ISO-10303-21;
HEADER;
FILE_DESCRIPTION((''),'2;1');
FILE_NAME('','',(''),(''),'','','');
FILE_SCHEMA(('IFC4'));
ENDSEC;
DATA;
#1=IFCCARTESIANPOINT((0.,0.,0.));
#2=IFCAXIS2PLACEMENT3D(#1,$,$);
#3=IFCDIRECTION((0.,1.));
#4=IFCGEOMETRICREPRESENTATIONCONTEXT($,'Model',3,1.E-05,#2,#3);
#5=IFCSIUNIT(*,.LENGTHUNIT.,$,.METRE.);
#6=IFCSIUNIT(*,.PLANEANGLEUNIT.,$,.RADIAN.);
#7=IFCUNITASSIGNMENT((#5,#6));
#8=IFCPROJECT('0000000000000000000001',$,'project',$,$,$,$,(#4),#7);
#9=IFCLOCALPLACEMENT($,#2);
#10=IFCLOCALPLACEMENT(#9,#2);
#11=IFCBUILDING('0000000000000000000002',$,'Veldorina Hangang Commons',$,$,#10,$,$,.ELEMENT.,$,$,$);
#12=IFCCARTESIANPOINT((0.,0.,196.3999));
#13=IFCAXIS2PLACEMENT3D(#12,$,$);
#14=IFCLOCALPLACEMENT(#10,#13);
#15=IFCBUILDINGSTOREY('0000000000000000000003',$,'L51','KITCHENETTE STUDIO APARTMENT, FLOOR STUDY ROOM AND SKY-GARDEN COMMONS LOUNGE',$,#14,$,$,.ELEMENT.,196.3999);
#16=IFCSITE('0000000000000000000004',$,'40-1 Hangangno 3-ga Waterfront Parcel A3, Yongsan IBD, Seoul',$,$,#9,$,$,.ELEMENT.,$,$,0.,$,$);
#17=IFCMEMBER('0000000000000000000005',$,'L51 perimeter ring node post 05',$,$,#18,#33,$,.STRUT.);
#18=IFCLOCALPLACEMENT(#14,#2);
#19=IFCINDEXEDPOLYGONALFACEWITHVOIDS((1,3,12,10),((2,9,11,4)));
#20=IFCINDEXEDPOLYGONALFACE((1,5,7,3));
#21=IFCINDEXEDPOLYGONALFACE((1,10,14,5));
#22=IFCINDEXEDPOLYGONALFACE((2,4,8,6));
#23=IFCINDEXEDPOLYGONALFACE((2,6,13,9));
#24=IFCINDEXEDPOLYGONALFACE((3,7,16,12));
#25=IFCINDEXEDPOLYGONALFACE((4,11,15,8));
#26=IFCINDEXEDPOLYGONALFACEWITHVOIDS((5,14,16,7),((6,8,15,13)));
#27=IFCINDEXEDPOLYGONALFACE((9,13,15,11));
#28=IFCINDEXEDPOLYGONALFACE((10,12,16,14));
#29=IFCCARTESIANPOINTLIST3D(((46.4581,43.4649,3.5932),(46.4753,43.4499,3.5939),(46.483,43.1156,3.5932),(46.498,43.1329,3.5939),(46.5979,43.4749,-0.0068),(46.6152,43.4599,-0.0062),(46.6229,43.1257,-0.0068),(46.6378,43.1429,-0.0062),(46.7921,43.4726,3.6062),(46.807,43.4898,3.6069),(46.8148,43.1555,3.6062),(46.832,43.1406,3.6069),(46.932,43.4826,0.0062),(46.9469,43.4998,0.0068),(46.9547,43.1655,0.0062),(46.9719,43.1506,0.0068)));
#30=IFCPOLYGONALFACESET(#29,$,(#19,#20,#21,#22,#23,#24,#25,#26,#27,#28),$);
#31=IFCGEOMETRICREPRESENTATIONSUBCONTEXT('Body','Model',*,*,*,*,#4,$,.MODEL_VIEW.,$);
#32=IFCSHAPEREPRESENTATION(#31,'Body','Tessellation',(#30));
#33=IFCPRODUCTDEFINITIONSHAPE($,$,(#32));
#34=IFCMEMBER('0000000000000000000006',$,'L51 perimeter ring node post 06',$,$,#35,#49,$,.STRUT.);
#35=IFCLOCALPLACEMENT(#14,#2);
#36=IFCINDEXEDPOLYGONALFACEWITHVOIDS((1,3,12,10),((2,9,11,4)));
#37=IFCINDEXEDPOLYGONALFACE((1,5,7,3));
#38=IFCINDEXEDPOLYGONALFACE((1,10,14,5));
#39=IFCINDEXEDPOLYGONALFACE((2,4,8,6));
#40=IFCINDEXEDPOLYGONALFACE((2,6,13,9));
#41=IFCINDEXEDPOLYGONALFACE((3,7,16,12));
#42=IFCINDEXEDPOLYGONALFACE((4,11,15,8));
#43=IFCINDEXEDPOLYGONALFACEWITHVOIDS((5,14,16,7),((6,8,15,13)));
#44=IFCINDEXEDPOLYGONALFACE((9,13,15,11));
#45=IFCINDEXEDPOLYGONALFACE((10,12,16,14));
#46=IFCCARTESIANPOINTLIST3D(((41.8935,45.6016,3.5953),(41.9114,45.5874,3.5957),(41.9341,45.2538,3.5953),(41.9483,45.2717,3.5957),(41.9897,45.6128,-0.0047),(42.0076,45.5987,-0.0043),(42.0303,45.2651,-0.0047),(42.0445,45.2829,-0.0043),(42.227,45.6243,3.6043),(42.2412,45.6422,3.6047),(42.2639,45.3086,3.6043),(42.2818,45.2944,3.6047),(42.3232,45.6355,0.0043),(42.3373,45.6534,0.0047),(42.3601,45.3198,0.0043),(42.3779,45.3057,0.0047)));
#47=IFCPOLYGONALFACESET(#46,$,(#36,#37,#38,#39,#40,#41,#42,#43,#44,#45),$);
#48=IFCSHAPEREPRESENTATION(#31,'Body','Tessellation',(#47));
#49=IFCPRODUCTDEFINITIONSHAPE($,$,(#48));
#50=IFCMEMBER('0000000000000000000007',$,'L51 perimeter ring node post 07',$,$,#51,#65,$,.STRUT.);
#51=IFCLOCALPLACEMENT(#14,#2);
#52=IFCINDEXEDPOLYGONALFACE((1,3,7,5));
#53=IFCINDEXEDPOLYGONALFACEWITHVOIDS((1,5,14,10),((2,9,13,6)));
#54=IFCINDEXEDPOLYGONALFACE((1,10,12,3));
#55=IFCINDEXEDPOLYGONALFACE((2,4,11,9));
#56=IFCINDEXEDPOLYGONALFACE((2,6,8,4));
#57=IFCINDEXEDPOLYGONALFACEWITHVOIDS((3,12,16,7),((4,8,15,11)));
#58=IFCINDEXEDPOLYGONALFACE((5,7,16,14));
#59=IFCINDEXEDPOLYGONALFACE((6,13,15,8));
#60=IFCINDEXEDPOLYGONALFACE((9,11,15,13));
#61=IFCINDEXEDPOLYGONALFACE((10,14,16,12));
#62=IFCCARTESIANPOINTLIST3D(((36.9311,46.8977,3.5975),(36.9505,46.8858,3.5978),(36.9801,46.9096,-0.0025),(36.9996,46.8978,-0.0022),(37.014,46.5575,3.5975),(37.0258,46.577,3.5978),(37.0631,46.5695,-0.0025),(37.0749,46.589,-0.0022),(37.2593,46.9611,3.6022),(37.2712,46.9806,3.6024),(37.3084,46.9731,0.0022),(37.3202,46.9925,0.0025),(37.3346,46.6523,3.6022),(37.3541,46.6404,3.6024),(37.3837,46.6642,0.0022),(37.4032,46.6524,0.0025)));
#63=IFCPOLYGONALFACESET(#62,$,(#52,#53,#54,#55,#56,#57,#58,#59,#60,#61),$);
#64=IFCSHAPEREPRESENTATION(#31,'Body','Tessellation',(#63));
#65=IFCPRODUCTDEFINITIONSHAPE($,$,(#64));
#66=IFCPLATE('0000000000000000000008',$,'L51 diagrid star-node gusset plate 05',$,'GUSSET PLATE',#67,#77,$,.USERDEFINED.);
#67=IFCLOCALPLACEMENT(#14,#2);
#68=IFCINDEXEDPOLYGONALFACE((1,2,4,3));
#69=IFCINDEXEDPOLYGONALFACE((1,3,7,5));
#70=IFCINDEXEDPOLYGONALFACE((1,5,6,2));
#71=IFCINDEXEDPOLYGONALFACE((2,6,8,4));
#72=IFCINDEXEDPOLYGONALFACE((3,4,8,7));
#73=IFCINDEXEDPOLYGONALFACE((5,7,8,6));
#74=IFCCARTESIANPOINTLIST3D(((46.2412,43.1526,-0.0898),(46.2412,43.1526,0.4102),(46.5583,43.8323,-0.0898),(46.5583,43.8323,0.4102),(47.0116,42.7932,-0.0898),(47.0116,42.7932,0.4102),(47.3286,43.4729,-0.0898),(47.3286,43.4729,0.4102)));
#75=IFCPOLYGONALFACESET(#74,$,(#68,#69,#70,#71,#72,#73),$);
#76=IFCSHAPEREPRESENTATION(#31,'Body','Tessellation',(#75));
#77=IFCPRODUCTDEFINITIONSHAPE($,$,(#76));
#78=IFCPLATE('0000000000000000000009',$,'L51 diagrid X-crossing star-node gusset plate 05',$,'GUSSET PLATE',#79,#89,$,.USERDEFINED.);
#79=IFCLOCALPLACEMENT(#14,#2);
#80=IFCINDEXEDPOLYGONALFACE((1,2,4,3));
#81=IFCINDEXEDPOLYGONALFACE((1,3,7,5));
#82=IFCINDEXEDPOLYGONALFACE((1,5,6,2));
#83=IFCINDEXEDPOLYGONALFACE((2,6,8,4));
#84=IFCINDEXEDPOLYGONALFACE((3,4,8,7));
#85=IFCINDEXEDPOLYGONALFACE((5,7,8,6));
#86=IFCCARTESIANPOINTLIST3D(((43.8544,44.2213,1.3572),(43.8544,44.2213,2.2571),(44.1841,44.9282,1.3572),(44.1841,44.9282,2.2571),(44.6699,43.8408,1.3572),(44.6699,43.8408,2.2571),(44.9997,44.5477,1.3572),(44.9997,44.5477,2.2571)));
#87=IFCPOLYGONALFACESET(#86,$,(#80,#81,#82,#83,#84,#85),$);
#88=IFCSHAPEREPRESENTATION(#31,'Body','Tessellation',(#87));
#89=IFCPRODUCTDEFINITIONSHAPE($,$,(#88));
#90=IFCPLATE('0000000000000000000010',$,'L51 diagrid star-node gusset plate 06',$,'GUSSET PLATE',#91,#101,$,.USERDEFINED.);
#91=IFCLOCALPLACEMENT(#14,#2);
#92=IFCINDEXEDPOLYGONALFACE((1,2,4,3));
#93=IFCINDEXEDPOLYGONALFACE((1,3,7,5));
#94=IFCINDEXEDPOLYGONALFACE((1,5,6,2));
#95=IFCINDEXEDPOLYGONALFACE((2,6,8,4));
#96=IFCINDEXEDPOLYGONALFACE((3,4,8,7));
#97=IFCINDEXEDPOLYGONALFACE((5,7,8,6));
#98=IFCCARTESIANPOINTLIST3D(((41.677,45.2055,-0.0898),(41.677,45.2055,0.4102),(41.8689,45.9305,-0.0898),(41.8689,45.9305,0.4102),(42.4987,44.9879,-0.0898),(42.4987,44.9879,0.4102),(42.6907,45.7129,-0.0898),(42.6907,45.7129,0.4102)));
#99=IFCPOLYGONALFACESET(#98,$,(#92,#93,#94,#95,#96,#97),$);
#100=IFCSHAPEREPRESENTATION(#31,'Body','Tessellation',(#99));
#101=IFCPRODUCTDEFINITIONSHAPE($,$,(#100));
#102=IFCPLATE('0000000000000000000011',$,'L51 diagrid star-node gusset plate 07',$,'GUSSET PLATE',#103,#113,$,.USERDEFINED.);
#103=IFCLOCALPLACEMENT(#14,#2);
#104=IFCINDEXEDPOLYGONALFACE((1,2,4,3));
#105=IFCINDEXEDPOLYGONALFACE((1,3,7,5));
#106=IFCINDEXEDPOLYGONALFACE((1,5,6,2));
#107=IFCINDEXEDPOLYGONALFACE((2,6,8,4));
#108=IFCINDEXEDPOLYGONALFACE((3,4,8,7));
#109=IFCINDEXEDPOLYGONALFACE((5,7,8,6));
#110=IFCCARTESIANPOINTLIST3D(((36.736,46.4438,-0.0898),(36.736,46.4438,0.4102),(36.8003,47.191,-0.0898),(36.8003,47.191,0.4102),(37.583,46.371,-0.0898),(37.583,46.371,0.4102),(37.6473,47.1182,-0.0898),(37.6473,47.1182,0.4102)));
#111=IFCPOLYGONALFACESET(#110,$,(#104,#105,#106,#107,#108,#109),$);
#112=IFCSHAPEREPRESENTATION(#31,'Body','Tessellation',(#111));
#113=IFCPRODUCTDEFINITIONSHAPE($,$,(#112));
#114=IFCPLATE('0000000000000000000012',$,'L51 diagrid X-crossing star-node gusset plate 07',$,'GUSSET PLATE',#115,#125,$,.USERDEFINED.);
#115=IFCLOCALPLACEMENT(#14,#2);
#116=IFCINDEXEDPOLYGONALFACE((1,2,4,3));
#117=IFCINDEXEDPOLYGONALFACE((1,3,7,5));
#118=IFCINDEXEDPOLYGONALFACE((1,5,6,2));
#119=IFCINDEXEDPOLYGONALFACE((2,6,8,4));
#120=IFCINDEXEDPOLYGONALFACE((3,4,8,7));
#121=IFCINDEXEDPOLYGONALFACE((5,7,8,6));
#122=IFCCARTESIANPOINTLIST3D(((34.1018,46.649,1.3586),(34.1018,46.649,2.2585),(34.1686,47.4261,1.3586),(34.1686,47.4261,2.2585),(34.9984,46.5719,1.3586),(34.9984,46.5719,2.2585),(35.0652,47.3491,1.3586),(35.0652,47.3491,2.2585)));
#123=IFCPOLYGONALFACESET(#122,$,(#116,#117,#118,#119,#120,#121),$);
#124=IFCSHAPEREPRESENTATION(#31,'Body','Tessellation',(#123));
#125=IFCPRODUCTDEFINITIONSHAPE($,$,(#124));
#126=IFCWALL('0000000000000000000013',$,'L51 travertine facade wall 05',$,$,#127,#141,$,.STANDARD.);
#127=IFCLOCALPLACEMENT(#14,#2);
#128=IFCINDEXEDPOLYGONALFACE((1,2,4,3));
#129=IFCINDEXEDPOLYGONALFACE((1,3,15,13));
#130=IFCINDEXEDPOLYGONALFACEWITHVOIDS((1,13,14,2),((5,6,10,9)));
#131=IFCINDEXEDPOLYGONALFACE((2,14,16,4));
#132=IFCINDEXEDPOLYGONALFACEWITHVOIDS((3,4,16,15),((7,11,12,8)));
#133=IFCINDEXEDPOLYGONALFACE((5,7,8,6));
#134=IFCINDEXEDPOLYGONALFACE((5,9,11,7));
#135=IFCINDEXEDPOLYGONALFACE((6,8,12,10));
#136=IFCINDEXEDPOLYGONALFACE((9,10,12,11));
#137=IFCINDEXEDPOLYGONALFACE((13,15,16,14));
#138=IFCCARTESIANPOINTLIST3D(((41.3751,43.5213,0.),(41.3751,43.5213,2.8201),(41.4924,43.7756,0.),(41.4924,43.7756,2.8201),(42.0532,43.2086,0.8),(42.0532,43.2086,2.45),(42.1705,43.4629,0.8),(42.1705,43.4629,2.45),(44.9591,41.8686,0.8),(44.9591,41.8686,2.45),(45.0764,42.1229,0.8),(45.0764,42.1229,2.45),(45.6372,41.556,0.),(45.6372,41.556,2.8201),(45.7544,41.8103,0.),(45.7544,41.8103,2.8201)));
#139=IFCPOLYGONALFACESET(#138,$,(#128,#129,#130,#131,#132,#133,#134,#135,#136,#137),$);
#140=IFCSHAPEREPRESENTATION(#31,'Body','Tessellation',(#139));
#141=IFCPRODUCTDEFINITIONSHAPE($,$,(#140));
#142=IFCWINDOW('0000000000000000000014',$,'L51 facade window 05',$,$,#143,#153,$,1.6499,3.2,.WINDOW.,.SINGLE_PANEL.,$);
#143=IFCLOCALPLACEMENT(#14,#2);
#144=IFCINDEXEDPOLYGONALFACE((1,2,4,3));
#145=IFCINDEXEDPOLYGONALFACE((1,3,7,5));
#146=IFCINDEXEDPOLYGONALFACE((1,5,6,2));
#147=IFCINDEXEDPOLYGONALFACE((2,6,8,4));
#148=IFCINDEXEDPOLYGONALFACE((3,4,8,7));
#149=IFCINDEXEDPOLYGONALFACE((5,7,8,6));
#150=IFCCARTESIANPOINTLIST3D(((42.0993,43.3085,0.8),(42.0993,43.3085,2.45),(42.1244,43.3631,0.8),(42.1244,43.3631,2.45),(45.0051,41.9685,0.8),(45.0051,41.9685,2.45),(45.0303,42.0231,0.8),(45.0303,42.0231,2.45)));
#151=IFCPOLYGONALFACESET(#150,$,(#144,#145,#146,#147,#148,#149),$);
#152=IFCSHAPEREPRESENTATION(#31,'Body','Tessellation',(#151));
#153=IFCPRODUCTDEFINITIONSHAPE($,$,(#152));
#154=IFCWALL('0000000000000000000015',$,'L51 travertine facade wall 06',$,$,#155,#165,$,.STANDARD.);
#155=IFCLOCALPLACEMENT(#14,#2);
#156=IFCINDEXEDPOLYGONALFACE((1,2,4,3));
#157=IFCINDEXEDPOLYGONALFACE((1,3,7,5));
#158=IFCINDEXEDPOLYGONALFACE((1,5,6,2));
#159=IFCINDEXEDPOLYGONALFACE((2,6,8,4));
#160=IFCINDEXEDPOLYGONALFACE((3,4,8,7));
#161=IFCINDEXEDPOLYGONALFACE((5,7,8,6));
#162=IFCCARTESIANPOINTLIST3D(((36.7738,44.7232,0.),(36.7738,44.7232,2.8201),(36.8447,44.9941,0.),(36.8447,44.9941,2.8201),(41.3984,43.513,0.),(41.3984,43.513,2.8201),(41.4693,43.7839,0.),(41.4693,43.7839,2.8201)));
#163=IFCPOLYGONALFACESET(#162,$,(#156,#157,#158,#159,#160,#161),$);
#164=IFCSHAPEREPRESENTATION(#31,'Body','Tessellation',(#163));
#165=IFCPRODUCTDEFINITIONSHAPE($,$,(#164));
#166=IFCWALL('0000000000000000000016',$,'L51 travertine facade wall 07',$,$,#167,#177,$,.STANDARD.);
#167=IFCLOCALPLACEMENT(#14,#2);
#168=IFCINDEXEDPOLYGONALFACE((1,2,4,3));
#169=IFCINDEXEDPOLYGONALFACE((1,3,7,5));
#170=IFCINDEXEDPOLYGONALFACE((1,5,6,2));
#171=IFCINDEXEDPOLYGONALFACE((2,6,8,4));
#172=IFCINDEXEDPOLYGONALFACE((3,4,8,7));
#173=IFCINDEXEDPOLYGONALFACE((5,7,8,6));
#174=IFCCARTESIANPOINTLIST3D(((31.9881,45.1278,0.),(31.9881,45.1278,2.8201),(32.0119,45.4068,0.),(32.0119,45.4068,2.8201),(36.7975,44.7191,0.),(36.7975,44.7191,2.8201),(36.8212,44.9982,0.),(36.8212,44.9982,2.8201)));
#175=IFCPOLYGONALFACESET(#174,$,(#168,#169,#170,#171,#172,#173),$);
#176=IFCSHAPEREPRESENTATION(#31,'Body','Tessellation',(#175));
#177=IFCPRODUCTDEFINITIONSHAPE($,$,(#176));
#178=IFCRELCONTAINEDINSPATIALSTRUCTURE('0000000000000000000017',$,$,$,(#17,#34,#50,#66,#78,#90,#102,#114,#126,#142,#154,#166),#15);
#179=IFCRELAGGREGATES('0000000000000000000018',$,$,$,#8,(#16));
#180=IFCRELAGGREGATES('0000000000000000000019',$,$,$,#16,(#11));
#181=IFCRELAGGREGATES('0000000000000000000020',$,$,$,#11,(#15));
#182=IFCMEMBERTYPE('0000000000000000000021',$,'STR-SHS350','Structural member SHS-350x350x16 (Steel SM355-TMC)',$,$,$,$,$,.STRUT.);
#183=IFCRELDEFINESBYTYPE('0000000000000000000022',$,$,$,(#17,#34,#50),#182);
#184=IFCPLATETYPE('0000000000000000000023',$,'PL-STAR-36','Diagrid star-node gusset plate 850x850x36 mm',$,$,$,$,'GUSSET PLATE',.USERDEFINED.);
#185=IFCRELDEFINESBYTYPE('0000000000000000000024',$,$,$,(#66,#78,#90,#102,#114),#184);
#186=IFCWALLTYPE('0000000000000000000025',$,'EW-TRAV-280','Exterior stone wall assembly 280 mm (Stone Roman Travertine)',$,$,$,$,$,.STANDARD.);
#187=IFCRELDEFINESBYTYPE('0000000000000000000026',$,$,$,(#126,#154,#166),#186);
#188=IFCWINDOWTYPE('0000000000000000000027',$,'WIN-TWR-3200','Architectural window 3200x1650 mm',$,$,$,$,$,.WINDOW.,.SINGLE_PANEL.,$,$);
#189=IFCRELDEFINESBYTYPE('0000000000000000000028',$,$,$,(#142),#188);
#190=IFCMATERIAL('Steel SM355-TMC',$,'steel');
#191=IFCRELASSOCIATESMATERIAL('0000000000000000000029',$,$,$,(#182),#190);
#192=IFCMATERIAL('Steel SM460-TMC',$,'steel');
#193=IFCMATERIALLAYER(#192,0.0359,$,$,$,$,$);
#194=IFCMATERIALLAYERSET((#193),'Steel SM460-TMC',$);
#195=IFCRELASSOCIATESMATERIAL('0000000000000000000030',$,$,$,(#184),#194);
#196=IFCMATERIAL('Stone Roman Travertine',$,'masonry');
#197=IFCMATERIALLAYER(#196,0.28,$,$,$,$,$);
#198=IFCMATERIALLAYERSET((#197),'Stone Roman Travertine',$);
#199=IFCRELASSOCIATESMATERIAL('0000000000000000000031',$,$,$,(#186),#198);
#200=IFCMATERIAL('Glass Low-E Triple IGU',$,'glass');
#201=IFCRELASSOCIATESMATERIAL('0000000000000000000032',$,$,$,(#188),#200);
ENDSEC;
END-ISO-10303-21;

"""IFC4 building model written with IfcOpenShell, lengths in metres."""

from ifc_helpers import new_model, si_unit, direction, frame, frame_2d, origin, origin_2d, place, context, subcontext, project, spatial, rectangle, hollow_rectangle, extrude, material, layer, layer_set, material_profile, profile_set, type_object, element, fill, save


model = new_model("IFC4")

# Units and contexts
model_context = context("Model", 3, precision=1e-05, world=origin(), true_north=direction((0.0, 1.0)))
body_context = subcontext(model_context, "Body", "Model", "MODEL_VIEW")
ifc_project = project(units=[si_unit("LENGTHUNIT", "METRE"), si_unit("PLANEANGLEUNIT", "RADIAN")], contexts=[model_context])

# Site, building, storey
site_placement = place(None, origin())
site = spatial("IfcSite", under=ifc_project, at=site_placement, Name="40-1 Hangangno 3-ga Waterfront Parcel A3, Yongsan IBD, Seoul", CompositionType="ELEMENT", RefElevation=0.0)
building_placement = place(site_placement, origin())
building = spatial("IfcBuilding", under=site, at=building_placement, Name="Veldorina Hangang Commons", CompositionType="ELEMENT")
storey_placement = place(building_placement, frame((0.0, 0.0, 196.3999)))
storey = spatial("IfcBuildingStorey", under=building, at=storey_placement, Name="L51", Description="KITCHENETTE STUDIO APARTMENT, FLOOR STUDY ROOM AND SKY-GARDEN COMMONS LOUNGE", CompositionType="ELEMENT", Elevation=196.3999)

# Members
ifc_material_1 = material(Name="Steel SM355-TMC", Category="steel")
ifc_material_profile_1 = material_profile(ifc_material_1, hollow_rectangle(XDim=0.3501, YDim=0.3501, WallThickness=0.0161, at=origin_2d()), Name="SHS-350x350x16")
ifc_profile_set_1 = profile_set([ifc_material_profile_1], Name="Steel SM355-TMC")
member_type_1 = type_object("IfcMemberType", Name="STR-SHS350", Description="Structural member SHS-350x350x16 (Steel SM355-TMC)", PredefinedType="STRUT", material=ifc_profile_set_1)
member_1_placement = place(storey_placement, frame((46.7849, 43.3127, 0.0), z_axis=(-0.038829, -0.002778, 0.999242), x_axis=(0.071371, -0.99745, 0.0)))
element("IfcMember", 1, at=member_1_placement, inside=storey, type_object=member_type_1, Name="L51 perimeter ring node post 05", PredefinedType="STRUT", context=body_context, shape_type="SweptSolid", body=[
    extrude(hollow_rectangle(XDim=0.3501, YDim=0.3501, WallThickness=0.0161, at=origin_2d()), origin(), (0.0, 0.0, 1.0), 3.6028),
])
member_2_placement = place(storey_placement, frame((42.1838, 45.4592, 0.0), z_axis=(-0.026709, -0.003118, 0.999638), x_axis=(0.115964, -0.993253, 0.0)))
element("IfcMember", 2, at=member_2_placement, inside=storey, type_object=member_type_1, Name="L51 perimeter ring node post 06", PredefinedType="STRUT", context=body_context, shape_type="SweptSolid", body=[
    extrude(hollow_rectangle(XDim=0.3501, YDim=0.3501, WallThickness=0.0161, at=origin_2d()), origin(), (0.0, 0.0, 1.0), 3.6013),
])
member_3_placement = place(storey_placement, frame((37.1917, 46.781, 0.0), z_axis=(-0.013629, -0.003323, 0.999902), x_axis=(0.236845, -0.971547, 0.0)))
element("IfcMember", 3, at=member_3_placement, inside=storey, type_object=member_type_1, Name="L51 perimeter ring node post 07", PredefinedType="STRUT", context=body_context, shape_type="SweptSolid", body=[
    extrude(hollow_rectangle(XDim=0.3501, YDim=0.3501, WallThickness=0.0161, at=origin_2d()), origin(), (0.0, 0.0, 1.0), 3.6003),
])

# Plates
ifc_material_2 = material(Name="Steel SM460-TMC", Category="steel")
ifc_layer_1 = layer(ifc_material_2, 0.0359)
ifc_layer_set_1 = layer_set([ifc_layer_1], Name="Steel SM460-TMC")
plate_type = type_object("IfcPlateType", Name="PL-STAR-36", Description="Diagrid star-node gusset plate 850x850x36 mm", ElementType="GUSSET PLATE", PredefinedType="USERDEFINED", material=ifc_layer_set_1)
plate_1_placement = place(storey_placement, frame((46.7849, 43.3127, -0.0898), z_axis=(0.0, 0.0, 1.0), x_axis=(-0.906234, 0.422776, 0.0)))
element("IfcPlate", 4, at=plate_1_placement, inside=storey, type_object=plate_type, Name="L51 diagrid star-node gusset plate 05", ObjectType="GUSSET PLATE", PredefinedType="USERDEFINED", context=body_context, shape_type="SweptSolid", body=[
    extrude(rectangle(XDim=0.8501, YDim=0.75, at=origin_2d()), origin(), (0.0, 0.0, 1.0), 0.5),
])
plate_2_placement = place(storey_placement, frame((44.427, 44.3845, 1.3572), z_axis=(0.0, 0.0, 1.0), x_axis=(-0.906234, 0.422776, 0.0)))
element("IfcPlate", 5, at=plate_2_placement, inside=storey, type_object=plate_type, Name="L51 diagrid X-crossing star-node gusset plate 05", ObjectType="GUSSET PLATE", PredefinedType="USERDEFINED", context=body_context, shape_type="SweptSolid", body=[
    extrude(rectangle(XDim=0.8999, YDim=0.78, at=origin_2d()), origin(), (0.0, 0.0, 1.0), 0.8999),
])
for number, where, z_axis, x_axis, name in (
    (6, (42.1838, 45.4592, -0.0898), (0.0, 0.0, 1.0), (-0.96669, 0.255952, 0.0), "L51 diagrid star-node gusset plate 06"),
    (7, (37.1917, 46.781, -0.0898), (0.0, 0.0, 1.0), (-0.996326, 0.085643, 0.0), "L51 diagrid star-node gusset plate 07"),
):
    element("IfcPlate", number, at=place(storey_placement, frame(where, z_axis=z_axis, x_axis=x_axis)), inside=storey, type_object=plate_type, Name=name, ObjectType="GUSSET PLATE", PredefinedType="USERDEFINED", context=body_context, shape_type="SweptSolid", body=[
        extrude(rectangle(XDim=0.8501, YDim=0.75, at=origin_2d()), origin(), (0.0, 0.0, 1.0), 0.5),
    ])
plate_3_placement = place(storey_placement, frame((34.5835, 46.999, 1.3586), z_axis=(0.0, 0.0, 1.0), x_axis=(-0.996326, 0.085643, 0.0)))
element("IfcPlate", 8, at=plate_3_placement, inside=storey, type_object=plate_type, Name="L51 diagrid X-crossing star-node gusset plate 07", ObjectType="GUSSET PLATE", PredefinedType="USERDEFINED", context=body_context, shape_type="SweptSolid", body=[
    extrude(rectangle(XDim=0.8999, YDim=0.78, at=origin_2d()), origin(), (0.0, 0.0, 1.0), 0.8999),
])

# Wall, opening, window
ifc_material_3 = material(Name="Stone Roman Travertine", Category="masonry")
ifc_layer_2 = layer(ifc_material_3, 0.28)
ifc_layer_set_2 = layer_set([ifc_layer_2], Name="Stone Roman Travertine")
wall_type_1 = type_object("IfcWallType", Name="EW-TRAV-280", Description="Exterior stone wall assembly 280 mm (Stone Roman Travertine)", PredefinedType="STANDARD", material=ifc_layer_set_2)
wall_1_placement = place(storey_placement, frame((45.6958, 41.6831, 0.0), z_axis=(0.0, 0.0, 1.0), x_axis=(-0.908099, 0.418755, 0.0)))
wall_1 = element("IfcWall", 9, at=wall_1_placement, inside=storey, type_object=wall_type_1, Name="L51 travertine facade wall 05", PredefinedType="STANDARD", context=body_context, shape_type="SweptSolid", body=[
    extrude(rectangle(XDim=4.6934, YDim=0.28, at=frame_2d((2.3467, 0.0))), origin(), (0.0, 0.0, 1.0), 2.8201),
])
opening_1_placement = place(wall_1_placement, frame((0.7466, 0.0, 0.8)))
opening_1 = element("IfcOpeningElement", 10, at=opening_1_placement, cuts=wall_1, PredefinedType="OPENING", context=body_context, shape_type="SweptSolid", body=[
    extrude(rectangle(XDim=3.2, YDim=1.6499, at=frame_2d((1.6001, 0.825))), frame((0.0, 0.1499, 0.0), z_axis=(0.0, -1.0, 0.0), x_axis=(1.0, 0.0, 0.0)), (0.0, 0.0, 1.0), 0.3),
])
ifc_material_4 = material(Name="Glass Low-E Triple IGU", Category="glass")
window_type = type_object("IfcWindowType", Name="WIN-TWR-3200", Description="Architectural window 3200x1650 mm", PartitioningType="SINGLE_PANEL", PredefinedType="WINDOW", material=ifc_material_4)
window_placement = place(opening_1_placement, origin())
window = element("IfcWindow", 11, at=window_placement, inside=storey, type_object=window_type, Name="L51 facade window 05", OverallHeight=1.6499, OverallWidth=3.2, PartitioningType="SINGLE_PANEL", PredefinedType="WINDOW", context=body_context, shape_type="SweptSolid", body=[
    extrude(rectangle(XDim=3.2, YDim=1.6499, at=frame_2d((1.6001, 0.825))), frame((0.0, 0.03, 0.0), z_axis=(0.0, -1.0, 0.0), x_axis=(1.0, 0.0, 0.0)), (0.0, 0.0, 1.0), 0.0601),
])
fill(opening_1, window)

# Walls
wall_2_placement = place(storey_placement, frame((41.4338, 43.6484, 0.0), z_axis=(0.0, 0.0, 1.0), x_axis=(-0.967422, 0.253168, 0.0)))
element("IfcWall", 12, at=wall_2_placement, inside=storey, type_object=wall_type_1, Name="L51 travertine facade wall 06", PredefinedType="STANDARD", context=body_context, shape_type="SweptSolid", body=[
    extrude(rectangle(XDim=4.7803, YDim=0.28, at=frame_2d((2.3901, 0.0))), origin(), (0.0, 0.0, 1.0), 2.8201),
])
wall_3_placement = place(storey_placement, frame((36.8093, 44.8586, 0.0), z_axis=(0.0, 0.0, 1.0), x_axis=(-0.996409, 0.084674, 0.0)))
element("IfcWall", 13, at=wall_3_placement, inside=storey, type_object=wall_type_1, Name="L51 travertine facade wall 07", PredefinedType="STANDARD", context=body_context, shape_type="SweptSolid", body=[
    extrude(rectangle(XDim=4.8267, YDim=0.28, at=frame_2d((2.4133, 0.0))), origin(), (0.0, 0.0, 1.0), 2.8201),
])

save(model, "model.ifc")
